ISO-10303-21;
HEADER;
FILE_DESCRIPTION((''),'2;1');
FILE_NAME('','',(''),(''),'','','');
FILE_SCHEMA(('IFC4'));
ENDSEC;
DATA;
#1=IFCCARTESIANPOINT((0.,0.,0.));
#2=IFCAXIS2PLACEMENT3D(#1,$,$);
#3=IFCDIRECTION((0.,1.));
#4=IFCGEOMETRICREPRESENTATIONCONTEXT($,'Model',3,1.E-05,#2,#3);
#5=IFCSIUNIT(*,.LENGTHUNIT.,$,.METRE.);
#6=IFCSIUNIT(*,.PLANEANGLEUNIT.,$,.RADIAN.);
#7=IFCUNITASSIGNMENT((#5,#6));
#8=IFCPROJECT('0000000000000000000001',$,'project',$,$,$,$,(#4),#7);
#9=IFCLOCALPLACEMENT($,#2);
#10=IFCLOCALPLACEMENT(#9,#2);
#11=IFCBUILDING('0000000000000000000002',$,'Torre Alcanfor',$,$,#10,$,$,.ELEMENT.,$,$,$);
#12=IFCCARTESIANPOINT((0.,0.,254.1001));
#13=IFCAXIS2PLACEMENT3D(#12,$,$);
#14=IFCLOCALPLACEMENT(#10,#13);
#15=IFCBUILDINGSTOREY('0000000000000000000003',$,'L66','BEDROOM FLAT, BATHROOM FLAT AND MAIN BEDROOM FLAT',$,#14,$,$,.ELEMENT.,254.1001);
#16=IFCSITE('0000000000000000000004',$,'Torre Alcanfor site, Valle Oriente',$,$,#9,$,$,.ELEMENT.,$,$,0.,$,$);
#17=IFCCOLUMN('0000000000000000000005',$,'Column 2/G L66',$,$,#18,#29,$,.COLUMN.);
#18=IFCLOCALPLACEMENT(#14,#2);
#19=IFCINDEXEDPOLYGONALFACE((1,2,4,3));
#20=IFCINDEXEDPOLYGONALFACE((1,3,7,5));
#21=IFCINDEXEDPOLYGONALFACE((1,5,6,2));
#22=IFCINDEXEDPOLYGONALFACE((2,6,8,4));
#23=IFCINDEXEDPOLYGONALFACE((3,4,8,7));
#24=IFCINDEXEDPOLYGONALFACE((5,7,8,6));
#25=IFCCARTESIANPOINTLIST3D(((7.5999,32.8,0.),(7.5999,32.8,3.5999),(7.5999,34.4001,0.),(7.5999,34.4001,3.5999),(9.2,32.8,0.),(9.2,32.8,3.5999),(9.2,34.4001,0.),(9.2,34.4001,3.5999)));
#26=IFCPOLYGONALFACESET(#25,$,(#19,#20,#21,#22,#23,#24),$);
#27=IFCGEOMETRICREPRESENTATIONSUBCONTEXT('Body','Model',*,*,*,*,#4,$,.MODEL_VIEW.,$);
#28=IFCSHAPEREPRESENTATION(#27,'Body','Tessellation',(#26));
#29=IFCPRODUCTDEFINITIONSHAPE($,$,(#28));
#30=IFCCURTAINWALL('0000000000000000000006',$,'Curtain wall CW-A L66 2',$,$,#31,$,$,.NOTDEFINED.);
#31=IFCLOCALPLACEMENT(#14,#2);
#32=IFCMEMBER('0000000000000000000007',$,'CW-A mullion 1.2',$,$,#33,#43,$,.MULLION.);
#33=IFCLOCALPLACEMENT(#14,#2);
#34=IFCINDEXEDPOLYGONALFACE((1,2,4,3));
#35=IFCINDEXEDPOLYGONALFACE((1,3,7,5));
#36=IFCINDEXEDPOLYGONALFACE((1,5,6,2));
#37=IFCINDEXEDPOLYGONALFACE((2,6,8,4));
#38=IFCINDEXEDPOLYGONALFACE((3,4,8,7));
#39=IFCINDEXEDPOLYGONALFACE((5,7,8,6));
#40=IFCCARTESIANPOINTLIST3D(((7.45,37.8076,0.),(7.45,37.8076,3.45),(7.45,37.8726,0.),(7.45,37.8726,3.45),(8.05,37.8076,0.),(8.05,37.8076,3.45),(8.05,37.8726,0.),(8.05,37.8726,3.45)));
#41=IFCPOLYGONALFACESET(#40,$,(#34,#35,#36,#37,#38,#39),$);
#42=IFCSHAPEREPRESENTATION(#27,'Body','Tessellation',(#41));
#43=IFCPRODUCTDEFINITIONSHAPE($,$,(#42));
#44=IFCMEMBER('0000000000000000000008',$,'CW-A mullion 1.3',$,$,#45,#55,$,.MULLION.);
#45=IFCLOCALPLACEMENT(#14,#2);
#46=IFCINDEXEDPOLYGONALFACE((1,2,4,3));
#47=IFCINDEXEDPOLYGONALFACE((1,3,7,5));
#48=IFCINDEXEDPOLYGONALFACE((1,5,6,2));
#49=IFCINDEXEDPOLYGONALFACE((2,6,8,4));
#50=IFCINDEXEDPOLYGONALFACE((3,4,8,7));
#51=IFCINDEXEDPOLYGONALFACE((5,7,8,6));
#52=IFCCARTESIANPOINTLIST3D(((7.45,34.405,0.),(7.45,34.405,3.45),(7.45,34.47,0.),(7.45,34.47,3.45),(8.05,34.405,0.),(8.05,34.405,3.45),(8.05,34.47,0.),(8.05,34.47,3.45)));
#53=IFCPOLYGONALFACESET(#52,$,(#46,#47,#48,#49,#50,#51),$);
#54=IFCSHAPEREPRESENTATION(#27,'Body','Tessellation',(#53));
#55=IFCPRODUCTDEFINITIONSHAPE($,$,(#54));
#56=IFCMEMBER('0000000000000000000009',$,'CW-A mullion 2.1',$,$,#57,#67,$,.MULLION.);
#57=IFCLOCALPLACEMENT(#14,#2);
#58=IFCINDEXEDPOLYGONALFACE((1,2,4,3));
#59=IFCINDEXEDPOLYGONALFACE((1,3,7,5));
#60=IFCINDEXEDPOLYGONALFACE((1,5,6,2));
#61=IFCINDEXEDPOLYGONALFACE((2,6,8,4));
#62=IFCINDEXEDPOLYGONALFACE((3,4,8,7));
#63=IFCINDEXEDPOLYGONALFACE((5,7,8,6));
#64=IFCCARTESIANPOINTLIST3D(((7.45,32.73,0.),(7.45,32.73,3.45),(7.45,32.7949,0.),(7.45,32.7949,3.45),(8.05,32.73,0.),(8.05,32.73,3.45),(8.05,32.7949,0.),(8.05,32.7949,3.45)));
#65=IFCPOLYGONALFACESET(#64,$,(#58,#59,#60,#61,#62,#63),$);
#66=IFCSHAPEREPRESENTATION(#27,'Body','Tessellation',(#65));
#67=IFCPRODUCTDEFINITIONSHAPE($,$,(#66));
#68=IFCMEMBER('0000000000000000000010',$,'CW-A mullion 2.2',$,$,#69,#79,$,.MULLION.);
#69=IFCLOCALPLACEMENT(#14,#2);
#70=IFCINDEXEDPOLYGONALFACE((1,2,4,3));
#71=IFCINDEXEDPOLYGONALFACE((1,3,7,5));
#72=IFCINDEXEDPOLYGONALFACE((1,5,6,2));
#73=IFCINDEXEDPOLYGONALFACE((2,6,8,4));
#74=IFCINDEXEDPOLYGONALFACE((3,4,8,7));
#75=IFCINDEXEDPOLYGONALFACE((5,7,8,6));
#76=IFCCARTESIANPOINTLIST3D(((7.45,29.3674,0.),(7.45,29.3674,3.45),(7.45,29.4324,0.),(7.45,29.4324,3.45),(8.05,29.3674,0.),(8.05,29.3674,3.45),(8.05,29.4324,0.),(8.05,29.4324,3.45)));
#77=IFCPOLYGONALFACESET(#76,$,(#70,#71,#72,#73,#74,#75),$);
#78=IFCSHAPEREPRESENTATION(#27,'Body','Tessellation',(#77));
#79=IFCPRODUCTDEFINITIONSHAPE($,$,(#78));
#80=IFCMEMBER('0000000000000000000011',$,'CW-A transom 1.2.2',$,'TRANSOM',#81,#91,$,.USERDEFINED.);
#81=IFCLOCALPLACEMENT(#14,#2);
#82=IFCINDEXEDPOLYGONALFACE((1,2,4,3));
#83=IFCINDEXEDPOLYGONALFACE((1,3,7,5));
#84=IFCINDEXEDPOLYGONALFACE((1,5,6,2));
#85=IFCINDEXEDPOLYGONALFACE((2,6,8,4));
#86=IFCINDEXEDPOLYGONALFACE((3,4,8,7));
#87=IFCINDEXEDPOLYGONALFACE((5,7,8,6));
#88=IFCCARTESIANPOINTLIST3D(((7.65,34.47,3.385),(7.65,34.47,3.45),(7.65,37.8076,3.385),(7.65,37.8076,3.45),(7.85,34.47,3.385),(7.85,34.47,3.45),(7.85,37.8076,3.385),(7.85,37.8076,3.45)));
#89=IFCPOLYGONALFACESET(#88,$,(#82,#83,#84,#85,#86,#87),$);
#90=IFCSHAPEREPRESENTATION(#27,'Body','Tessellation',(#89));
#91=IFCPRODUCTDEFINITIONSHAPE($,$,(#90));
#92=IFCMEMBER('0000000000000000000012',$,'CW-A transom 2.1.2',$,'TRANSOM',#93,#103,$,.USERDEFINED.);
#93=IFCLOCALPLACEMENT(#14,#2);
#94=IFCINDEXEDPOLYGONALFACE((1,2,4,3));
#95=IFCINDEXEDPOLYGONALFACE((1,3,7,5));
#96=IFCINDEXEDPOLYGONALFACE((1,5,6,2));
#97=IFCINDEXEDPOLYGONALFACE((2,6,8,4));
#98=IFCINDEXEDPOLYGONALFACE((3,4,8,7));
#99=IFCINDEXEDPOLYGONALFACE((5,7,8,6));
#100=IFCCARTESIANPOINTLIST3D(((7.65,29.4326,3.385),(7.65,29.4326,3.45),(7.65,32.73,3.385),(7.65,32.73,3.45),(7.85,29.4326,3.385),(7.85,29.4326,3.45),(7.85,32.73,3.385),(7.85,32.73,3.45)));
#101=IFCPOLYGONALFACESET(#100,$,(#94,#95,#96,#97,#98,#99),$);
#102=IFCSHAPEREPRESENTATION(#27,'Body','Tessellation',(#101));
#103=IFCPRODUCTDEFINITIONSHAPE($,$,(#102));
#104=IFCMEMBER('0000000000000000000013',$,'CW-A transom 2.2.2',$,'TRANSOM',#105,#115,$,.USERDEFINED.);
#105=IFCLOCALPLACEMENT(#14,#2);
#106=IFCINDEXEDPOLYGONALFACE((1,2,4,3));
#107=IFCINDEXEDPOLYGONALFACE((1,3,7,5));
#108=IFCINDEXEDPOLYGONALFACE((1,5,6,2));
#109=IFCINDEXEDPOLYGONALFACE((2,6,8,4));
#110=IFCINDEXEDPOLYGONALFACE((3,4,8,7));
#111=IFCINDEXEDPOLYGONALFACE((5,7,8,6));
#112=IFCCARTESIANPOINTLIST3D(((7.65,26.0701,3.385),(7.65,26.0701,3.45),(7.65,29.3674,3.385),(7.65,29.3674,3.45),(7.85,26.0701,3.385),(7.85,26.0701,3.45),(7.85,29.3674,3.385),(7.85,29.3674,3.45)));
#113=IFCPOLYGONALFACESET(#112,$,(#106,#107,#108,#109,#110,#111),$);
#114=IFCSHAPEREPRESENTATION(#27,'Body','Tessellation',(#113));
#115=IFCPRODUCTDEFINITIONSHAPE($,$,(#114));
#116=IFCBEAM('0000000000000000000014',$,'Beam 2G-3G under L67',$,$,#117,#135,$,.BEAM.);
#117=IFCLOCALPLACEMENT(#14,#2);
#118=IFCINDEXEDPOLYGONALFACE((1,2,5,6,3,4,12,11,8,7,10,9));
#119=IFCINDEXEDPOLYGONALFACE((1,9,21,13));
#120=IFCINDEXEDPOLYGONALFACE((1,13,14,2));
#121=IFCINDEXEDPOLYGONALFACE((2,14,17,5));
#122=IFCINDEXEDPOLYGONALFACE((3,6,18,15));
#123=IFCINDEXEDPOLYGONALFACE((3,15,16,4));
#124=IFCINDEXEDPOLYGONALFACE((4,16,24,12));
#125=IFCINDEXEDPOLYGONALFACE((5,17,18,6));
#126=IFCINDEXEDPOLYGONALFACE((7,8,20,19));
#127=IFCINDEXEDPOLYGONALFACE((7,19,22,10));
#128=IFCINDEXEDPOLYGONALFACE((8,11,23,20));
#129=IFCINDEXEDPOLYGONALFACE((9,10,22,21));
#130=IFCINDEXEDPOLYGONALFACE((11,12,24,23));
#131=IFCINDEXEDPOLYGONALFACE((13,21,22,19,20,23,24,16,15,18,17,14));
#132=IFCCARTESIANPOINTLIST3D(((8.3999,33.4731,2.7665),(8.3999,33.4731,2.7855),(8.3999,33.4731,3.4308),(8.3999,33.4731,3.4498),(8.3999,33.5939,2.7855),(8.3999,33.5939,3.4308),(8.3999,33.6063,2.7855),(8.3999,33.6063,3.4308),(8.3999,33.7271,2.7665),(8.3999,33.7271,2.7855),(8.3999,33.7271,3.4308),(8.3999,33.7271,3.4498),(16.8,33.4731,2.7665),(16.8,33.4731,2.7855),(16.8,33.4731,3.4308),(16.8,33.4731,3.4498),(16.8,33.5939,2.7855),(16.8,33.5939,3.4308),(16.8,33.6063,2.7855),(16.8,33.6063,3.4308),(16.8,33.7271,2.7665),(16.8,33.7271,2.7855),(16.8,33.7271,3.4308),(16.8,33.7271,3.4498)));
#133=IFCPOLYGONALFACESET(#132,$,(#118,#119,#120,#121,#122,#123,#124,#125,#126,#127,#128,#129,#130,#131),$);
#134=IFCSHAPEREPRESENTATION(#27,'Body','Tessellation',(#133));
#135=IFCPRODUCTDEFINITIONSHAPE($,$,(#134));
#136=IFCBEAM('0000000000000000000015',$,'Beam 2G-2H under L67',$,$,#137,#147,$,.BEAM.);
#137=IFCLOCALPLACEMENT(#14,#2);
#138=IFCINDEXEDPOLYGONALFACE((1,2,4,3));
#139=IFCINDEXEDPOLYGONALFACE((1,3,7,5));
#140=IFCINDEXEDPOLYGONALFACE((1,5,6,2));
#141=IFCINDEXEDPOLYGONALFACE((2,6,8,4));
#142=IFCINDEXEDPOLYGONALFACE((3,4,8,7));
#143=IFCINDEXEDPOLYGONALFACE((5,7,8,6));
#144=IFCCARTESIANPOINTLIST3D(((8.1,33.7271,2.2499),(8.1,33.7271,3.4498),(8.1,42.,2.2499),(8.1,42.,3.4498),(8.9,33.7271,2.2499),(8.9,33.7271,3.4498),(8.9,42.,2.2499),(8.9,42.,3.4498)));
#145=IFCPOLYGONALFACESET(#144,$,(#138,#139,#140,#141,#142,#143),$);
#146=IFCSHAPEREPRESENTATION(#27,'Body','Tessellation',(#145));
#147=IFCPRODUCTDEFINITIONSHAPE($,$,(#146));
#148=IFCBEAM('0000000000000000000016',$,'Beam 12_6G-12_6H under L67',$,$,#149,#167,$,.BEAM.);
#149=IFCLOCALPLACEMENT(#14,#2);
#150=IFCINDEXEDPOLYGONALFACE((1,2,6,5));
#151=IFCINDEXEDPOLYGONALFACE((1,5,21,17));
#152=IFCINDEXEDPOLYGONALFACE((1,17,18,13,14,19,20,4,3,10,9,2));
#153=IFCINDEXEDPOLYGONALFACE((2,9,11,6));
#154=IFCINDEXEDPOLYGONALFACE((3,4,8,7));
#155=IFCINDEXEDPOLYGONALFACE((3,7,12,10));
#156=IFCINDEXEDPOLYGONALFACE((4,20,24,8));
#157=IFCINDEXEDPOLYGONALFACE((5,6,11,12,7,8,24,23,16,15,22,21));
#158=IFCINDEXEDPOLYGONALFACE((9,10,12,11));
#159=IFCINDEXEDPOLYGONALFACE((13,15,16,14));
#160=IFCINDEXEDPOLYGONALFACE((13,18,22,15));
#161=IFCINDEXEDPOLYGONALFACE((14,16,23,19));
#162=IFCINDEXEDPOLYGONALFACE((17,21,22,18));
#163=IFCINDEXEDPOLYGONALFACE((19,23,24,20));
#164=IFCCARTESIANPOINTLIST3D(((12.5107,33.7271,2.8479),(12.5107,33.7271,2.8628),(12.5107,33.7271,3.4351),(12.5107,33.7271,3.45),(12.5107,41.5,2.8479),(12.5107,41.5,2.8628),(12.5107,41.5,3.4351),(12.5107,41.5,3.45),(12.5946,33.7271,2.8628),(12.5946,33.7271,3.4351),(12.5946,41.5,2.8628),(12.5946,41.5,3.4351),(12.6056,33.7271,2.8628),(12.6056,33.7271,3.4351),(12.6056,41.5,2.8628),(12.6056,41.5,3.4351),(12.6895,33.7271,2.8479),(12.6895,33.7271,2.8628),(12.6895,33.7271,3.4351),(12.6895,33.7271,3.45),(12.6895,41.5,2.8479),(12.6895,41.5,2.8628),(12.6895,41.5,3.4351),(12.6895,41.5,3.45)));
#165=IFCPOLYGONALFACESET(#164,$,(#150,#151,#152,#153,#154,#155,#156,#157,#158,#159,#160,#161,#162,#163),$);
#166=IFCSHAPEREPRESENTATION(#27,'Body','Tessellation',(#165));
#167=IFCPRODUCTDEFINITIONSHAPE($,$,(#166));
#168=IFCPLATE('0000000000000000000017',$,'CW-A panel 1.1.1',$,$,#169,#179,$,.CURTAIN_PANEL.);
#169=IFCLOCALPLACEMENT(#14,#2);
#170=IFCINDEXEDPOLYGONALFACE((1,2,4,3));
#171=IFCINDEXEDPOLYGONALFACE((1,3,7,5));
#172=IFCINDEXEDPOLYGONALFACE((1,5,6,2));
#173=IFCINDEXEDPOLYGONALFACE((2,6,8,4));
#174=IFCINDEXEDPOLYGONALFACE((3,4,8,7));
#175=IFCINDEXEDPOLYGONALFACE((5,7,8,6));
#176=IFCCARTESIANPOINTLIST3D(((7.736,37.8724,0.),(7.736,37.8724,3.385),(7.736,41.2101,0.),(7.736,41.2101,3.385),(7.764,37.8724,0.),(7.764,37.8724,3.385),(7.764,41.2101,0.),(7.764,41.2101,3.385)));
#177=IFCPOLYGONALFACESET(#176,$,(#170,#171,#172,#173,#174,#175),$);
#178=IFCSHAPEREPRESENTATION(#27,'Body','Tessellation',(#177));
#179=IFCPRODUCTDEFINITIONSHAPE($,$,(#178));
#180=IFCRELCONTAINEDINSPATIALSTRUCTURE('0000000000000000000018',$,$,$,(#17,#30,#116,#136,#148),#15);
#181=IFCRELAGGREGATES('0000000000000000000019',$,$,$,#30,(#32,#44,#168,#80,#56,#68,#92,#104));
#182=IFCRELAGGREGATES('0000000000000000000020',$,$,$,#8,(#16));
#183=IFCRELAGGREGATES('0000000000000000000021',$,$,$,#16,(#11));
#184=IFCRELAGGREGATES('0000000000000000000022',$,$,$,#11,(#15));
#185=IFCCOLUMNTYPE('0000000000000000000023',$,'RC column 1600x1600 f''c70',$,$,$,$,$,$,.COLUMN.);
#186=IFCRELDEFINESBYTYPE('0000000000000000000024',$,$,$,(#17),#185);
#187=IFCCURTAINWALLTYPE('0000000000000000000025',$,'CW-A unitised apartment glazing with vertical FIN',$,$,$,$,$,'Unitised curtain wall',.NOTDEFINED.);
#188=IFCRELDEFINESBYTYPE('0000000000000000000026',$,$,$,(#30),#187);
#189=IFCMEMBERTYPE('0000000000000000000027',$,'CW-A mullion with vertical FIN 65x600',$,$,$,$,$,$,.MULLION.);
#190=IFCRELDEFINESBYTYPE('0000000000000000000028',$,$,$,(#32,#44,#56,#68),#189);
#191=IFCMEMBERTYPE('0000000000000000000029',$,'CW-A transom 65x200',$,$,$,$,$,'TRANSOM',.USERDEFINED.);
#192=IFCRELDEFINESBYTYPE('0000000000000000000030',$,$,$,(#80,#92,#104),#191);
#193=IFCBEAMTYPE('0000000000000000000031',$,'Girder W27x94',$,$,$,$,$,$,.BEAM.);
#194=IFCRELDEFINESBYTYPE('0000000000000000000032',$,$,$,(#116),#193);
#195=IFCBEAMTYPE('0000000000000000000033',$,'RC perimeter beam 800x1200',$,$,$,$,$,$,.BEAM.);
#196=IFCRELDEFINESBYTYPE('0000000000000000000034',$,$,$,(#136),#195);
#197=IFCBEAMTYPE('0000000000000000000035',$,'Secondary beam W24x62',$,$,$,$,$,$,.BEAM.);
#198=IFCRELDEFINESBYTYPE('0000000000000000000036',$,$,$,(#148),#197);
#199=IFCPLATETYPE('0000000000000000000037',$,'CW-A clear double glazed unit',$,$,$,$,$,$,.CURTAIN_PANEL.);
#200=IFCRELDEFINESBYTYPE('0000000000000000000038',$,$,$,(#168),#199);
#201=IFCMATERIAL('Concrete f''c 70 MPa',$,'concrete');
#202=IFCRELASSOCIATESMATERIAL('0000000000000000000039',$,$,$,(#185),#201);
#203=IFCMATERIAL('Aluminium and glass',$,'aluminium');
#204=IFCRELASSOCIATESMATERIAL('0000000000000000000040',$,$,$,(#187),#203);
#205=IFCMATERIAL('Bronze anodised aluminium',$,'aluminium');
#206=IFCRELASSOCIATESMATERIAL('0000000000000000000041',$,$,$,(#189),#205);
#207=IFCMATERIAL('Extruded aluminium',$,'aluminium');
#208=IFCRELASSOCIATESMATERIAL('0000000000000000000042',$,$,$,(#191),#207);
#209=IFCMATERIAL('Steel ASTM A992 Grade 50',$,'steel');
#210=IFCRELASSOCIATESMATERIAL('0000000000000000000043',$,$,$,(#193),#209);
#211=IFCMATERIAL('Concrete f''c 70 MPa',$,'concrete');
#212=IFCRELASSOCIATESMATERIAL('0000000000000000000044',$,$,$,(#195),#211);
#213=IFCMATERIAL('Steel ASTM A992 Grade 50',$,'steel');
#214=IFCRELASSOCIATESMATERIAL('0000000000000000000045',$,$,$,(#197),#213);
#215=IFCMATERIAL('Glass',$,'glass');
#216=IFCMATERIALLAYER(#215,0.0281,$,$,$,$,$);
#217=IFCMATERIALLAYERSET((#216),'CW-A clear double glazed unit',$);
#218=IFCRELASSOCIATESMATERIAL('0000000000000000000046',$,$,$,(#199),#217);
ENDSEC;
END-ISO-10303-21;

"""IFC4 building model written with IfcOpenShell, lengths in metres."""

from ifc_helpers import new_model, si_unit, direction, frame, origin, origin_2d, place, context, subcontext, project, spatial, rectangle, i_section, extrude, material, layer, layer_set, material_profile, profile_set, type_object, element, aggregate, save


model = new_model("IFC4")

# Units and contexts
model_context = context("Model", 3, precision=1e-05, world=origin(), true_north=direction((0.0, 1.0)))
body_context = subcontext(model_context, "Body", "Model", "MODEL_VIEW")
ifc_project = project(units=[si_unit("LENGTHUNIT", "METRE"), si_unit("PLANEANGLEUNIT", "RADIAN")], contexts=[model_context])

# Site, building, storey
site_placement = place(None, origin())
site = spatial("IfcSite", under=ifc_project, at=site_placement, Name="Torre Alcanfor site, Valle Oriente", CompositionType="ELEMENT", RefElevation=0.0)
building_placement = place(site_placement, origin())
building = spatial("IfcBuilding", under=site, at=building_placement, Name="Torre Alcanfor", CompositionType="ELEMENT")
storey_placement = place(building_placement, frame((0.0, 0.0, 254.1001)))
storey = spatial("IfcBuildingStorey", under=building, at=storey_placement, Name="L66", Description="BEDROOM FLAT, BATHROOM FLAT AND MAIN BEDROOM FLAT", CompositionType="ELEMENT", Elevation=254.1001)

# Column
ifc_material_1 = material(Name="Concrete f'c 70 MPa", Category="concrete")
ifc_material_profile_1 = material_profile(ifc_material_1, rectangle(XDim=1.6001, YDim=1.6001, at=origin_2d()), Name="1600x1600")
ifc_profile_set_1 = profile_set([ifc_material_profile_1], Name="Concrete f'c 70 MPa")
column_type = type_object("IfcColumnType", Name="RC column 1600x1600 f'c70", PredefinedType="COLUMN", material=ifc_profile_set_1)
column_placement = place(storey_placement, frame((8.3999, 33.6001, 0.0), z_axis=(0.0, 0.0, 1.0), x_axis=(1.0, 0.0, 0.0)))
element("IfcColumn", 1, at=column_placement, inside=storey, type_object=column_type, Name="Column 2/G L66", PredefinedType="COLUMN", context=body_context, shape_type="SweptSolid", body=[
    extrude(rectangle(XDim=1.6001, YDim=1.6001, at=origin_2d()), origin(), (0.0, 0.0, 1.0), 3.5999),
])

# Curtain wall, members
ifc_material_2 = material(Name="Aluminium and glass", Category="aluminium")
curtain_wall_type = type_object("IfcCurtainWallType", Name="CW-A unitised apartment glazing with vertical FIN", ElementType="Unitised curtain wall", PredefinedType="NOTDEFINED", material=ifc_material_2)
curtain_wall_placement = place(storey_placement, origin())
curtain_wall = element("IfcCurtainWall", 2, at=curtain_wall_placement, inside=storey, type_object=curtain_wall_type, Name="Curtain wall CW-A L66 2", PredefinedType="NOTDEFINED")
ifc_material_3 = material(Name="Bronze anodised aluminium", Category="aluminium")
ifc_material_profile_2 = material_profile(ifc_material_3, rectangle(XDim=0.6001, YDim=0.0649, at=origin_2d()), Name="CW-A mullion 65x600")
ifc_profile_set_2 = profile_set([ifc_material_profile_2], Name="Bronze anodised aluminium")
member_type_1 = type_object("IfcMemberType", Name="CW-A mullion with vertical FIN 65x600", PredefinedType="MULLION", material=ifc_profile_set_2)
member_1_placement = place(storey_placement, frame((7.75, 37.8401, 0.0), z_axis=(0.0, 0.0, 1.0), x_axis=(1.0, 0.0, 0.0)))
member_1 = element("IfcMember", 3, at=member_1_placement, type_object=member_type_1, Name="CW-A mullion 1.2", PredefinedType="MULLION", context=body_context, shape_type="SweptSolid", body=[
    extrude(rectangle(XDim=0.6001, YDim=0.0649, at=origin_2d()), origin(), (0.0, 0.0, 1.0), 3.45),
])
member_2_placement = place(storey_placement, frame((7.75, 34.4375, 0.0), z_axis=(0.0, 0.0, 1.0), x_axis=(1.0, 0.0, 0.0)))
member_2 = element("IfcMember", 4, at=member_2_placement, type_object=member_type_1, Name="CW-A mullion 1.3", PredefinedType="MULLION", context=body_context, shape_type="SweptSolid", body=[
    extrude(rectangle(XDim=0.6001, YDim=0.0649, at=origin_2d()), origin(), (0.0, 0.0, 1.0), 3.45),
])
member_3_placement = place(storey_placement, frame((7.75, 32.7625, 0.0), z_axis=(0.0, 0.0, 1.0), x_axis=(1.0, 0.0, 0.0)))
member_3 = element("IfcMember", 5, at=member_3_placement, type_object=member_type_1, Name="CW-A mullion 2.1", PredefinedType="MULLION", context=body_context, shape_type="SweptSolid", body=[
    extrude(rectangle(XDim=0.6001, YDim=0.0649, at=origin_2d()), origin(), (0.0, 0.0, 1.0), 3.45),
])
member_4_placement = place(storey_placement, frame((7.75, 29.3999, 0.0), z_axis=(0.0, 0.0, 1.0), x_axis=(1.0, 0.0, 0.0)))
member_4 = element("IfcMember", 6, at=member_4_placement, type_object=member_type_1, Name="CW-A mullion 2.2", PredefinedType="MULLION", context=body_context, shape_type="SweptSolid", body=[
    extrude(rectangle(XDim=0.6001, YDim=0.0649, at=origin_2d()), origin(), (0.0, 0.0, 1.0), 3.45),
])
ifc_material_4 = material(Name="Extruded aluminium", Category="aluminium")
ifc_material_profile_3 = material_profile(ifc_material_4, rectangle(XDim=0.2, YDim=0.0649, at=origin_2d()), Name="CW-A transom 200x65")
ifc_profile_set_3 = profile_set([ifc_material_profile_3], Name="Extruded aluminium")
member_type_2 = type_object("IfcMemberType", Name="CW-A transom 65x200", ElementType="TRANSOM", PredefinedType="USERDEFINED", material=ifc_profile_set_3)
member_5_placement = place(storey_placement, frame((7.75, 37.8076, 3.4175), z_axis=(0.0, -1.0, 0.0), x_axis=(1.0, 0.0, 0.0)))
member_5 = element("IfcMember", 7, at=member_5_placement, type_object=member_type_2, Name="CW-A transom 1.2.2", ObjectType="TRANSOM", PredefinedType="USERDEFINED", context=body_context, shape_type="SweptSolid", body=[
    extrude(rectangle(XDim=0.2, YDim=0.0649, at=origin_2d()), origin(), (0.0, 0.0, 1.0), 3.3376),
])
member_6_placement = place(storey_placement, frame((7.75, 32.73, 3.4175), z_axis=(0.0, -1.0, 0.0), x_axis=(1.0, 0.0, 0.0)))
member_6 = element("IfcMember", 8, at=member_6_placement, type_object=member_type_2, Name="CW-A transom 2.1.2", ObjectType="TRANSOM", PredefinedType="USERDEFINED", context=body_context, shape_type="SweptSolid", body=[
    extrude(rectangle(XDim=0.2, YDim=0.0649, at=origin_2d()), origin(), (0.0, 0.0, 1.0), 3.2974),
])
member_7_placement = place(storey_placement, frame((7.75, 29.3674, 3.4175), z_axis=(0.0, -1.0, 0.0), x_axis=(1.0, 0.0, 0.0)))
member_7 = element("IfcMember", 9, at=member_7_placement, type_object=member_type_2, Name="CW-A transom 2.2.2", ObjectType="TRANSOM", PredefinedType="USERDEFINED", context=body_context, shape_type="SweptSolid", body=[
    extrude(rectangle(XDim=0.2, YDim=0.0649, at=origin_2d()), origin(), (0.0, 0.0, 1.0), 3.2974),
])

# Beams
ifc_material_5 = material(Name="Steel ASTM A992 Grade 50", Category="steel")
ifc_material_profile_4 = material_profile(ifc_material_5, i_section(OverallWidth=0.2539, OverallDepth=0.6833, WebThickness=0.0125, FlangeThickness=0.019, at=origin_2d()), Name="W27x94")
ifc_profile_set_4 = profile_set([ifc_material_profile_4], Name="Steel ASTM A992 Grade 50")
beam_type_1 = type_object("IfcBeamType", Name="Girder W27x94", PredefinedType="BEAM", material=ifc_profile_set_4)
beam_1_placement = place(storey_placement, frame((8.3999, 33.6001, 3.1082), z_axis=(1.0, 0.0, 0.0), x_axis=(0.0, 1.0, 0.0)))
element("IfcBeam", 10, at=beam_1_placement, inside=storey, type_object=beam_type_1, Name="Beam 2G-3G under L67", PredefinedType="BEAM", context=body_context, shape_type="SweptSolid", body=[
    extrude(i_section(OverallWidth=0.2539, OverallDepth=0.6833, WebThickness=0.0125, FlangeThickness=0.019, at=origin_2d()), origin(), (0.0, 0.0, 1.0), 8.4001),
])
ifc_material_6 = material(Name="Concrete f'c 70 MPa", Category="concrete")
ifc_material_profile_5 = material_profile(ifc_material_6, rectangle(XDim=0.8, YDim=1.2, at=origin_2d()), Name="800x1200")
ifc_profile_set_5 = profile_set([ifc_material_profile_5], Name="Concrete f'c 70 MPa")
beam_type_2 = type_object("IfcBeamType", Name="RC perimeter beam 800x1200", PredefinedType="BEAM", material=ifc_profile_set_5)
beam_2_placement = place(storey_placement, frame((8.5, 33.7271, 2.8499), z_axis=(0.0, 1.0, 0.0), x_axis=(-1.0, 0.0, 0.0)))
element("IfcBeam", 11, at=beam_2_placement, inside=storey, type_object=beam_type_2, Name="Beam 2G-2H under L67", PredefinedType="BEAM", context=body_context, shape_type="SweptSolid", body=[
    extrude(rectangle(XDim=0.8, YDim=1.2, at=origin_2d()), origin(), (0.0, 0.0, 1.0), 8.2729),
])
ifc_material_7 = material(Name="Steel ASTM A992 Grade 50", Category="steel")
ifc_material_profile_6 = material_profile(ifc_material_7, i_section(OverallWidth=0.1787, OverallDepth=0.6021, WebThickness=0.011, FlangeThickness=0.0149, at=origin_2d()), Name="W24x62")
ifc_profile_set_6 = profile_set([ifc_material_profile_6], Name="Steel ASTM A992 Grade 50")
beam_type_3 = type_object("IfcBeamType", Name="Secondary beam W24x62", PredefinedType="BEAM", material=ifc_profile_set_6)
beam_3_placement = place(storey_placement, frame((12.6001, 33.7271, 3.1489), z_axis=(0.0, 1.0, 0.0), x_axis=(-1.0, 0.0, 0.0)))
element("IfcBeam", 12, at=beam_3_placement, inside=storey, type_object=beam_type_3, Name="Beam 12_6G-12_6H under L67", PredefinedType="BEAM", context=body_context, shape_type="SweptSolid", body=[
    extrude(i_section(OverallWidth=0.1787, OverallDepth=0.6021, WebThickness=0.011, FlangeThickness=0.0149, at=origin_2d()), origin(), (0.0, 0.0, 1.0), 7.7729),
])

# Plate
ifc_material_8 = material(Name="Glass", Category="glass")
ifc_layer_1 = layer(ifc_material_8, 0.0281)
ifc_layer_set_1 = layer_set([ifc_layer_1], Name="CW-A clear double glazed unit")
plate_type = type_object("IfcPlateType", Name="CW-A clear double glazed unit", PredefinedType="CURTAIN_PANEL", material=ifc_layer_set_1)
plate_1_placement = place(storey_placement, frame((7.75, 39.5413, 0.0), z_axis=(0.0, 0.0, 1.0), x_axis=(0.0, -1.0, 0.0)))
plate_1 = element("IfcPlate", 13, at=plate_1_placement, type_object=plate_type, Name="CW-A panel 1.1.1", PredefinedType="CURTAIN_PANEL", context=body_context, shape_type="SweptSolid", body=[
    extrude(rectangle(XDim=3.3376, YDim=0.0281, at=origin_2d()), origin(), (0.0, 0.0, 1.0), 3.385),
])
aggregate(curtain_wall, [member_1, member_2, plate_1, member_5, member_3, member_4, member_6, member_7])

save(model, "model.ifc")
